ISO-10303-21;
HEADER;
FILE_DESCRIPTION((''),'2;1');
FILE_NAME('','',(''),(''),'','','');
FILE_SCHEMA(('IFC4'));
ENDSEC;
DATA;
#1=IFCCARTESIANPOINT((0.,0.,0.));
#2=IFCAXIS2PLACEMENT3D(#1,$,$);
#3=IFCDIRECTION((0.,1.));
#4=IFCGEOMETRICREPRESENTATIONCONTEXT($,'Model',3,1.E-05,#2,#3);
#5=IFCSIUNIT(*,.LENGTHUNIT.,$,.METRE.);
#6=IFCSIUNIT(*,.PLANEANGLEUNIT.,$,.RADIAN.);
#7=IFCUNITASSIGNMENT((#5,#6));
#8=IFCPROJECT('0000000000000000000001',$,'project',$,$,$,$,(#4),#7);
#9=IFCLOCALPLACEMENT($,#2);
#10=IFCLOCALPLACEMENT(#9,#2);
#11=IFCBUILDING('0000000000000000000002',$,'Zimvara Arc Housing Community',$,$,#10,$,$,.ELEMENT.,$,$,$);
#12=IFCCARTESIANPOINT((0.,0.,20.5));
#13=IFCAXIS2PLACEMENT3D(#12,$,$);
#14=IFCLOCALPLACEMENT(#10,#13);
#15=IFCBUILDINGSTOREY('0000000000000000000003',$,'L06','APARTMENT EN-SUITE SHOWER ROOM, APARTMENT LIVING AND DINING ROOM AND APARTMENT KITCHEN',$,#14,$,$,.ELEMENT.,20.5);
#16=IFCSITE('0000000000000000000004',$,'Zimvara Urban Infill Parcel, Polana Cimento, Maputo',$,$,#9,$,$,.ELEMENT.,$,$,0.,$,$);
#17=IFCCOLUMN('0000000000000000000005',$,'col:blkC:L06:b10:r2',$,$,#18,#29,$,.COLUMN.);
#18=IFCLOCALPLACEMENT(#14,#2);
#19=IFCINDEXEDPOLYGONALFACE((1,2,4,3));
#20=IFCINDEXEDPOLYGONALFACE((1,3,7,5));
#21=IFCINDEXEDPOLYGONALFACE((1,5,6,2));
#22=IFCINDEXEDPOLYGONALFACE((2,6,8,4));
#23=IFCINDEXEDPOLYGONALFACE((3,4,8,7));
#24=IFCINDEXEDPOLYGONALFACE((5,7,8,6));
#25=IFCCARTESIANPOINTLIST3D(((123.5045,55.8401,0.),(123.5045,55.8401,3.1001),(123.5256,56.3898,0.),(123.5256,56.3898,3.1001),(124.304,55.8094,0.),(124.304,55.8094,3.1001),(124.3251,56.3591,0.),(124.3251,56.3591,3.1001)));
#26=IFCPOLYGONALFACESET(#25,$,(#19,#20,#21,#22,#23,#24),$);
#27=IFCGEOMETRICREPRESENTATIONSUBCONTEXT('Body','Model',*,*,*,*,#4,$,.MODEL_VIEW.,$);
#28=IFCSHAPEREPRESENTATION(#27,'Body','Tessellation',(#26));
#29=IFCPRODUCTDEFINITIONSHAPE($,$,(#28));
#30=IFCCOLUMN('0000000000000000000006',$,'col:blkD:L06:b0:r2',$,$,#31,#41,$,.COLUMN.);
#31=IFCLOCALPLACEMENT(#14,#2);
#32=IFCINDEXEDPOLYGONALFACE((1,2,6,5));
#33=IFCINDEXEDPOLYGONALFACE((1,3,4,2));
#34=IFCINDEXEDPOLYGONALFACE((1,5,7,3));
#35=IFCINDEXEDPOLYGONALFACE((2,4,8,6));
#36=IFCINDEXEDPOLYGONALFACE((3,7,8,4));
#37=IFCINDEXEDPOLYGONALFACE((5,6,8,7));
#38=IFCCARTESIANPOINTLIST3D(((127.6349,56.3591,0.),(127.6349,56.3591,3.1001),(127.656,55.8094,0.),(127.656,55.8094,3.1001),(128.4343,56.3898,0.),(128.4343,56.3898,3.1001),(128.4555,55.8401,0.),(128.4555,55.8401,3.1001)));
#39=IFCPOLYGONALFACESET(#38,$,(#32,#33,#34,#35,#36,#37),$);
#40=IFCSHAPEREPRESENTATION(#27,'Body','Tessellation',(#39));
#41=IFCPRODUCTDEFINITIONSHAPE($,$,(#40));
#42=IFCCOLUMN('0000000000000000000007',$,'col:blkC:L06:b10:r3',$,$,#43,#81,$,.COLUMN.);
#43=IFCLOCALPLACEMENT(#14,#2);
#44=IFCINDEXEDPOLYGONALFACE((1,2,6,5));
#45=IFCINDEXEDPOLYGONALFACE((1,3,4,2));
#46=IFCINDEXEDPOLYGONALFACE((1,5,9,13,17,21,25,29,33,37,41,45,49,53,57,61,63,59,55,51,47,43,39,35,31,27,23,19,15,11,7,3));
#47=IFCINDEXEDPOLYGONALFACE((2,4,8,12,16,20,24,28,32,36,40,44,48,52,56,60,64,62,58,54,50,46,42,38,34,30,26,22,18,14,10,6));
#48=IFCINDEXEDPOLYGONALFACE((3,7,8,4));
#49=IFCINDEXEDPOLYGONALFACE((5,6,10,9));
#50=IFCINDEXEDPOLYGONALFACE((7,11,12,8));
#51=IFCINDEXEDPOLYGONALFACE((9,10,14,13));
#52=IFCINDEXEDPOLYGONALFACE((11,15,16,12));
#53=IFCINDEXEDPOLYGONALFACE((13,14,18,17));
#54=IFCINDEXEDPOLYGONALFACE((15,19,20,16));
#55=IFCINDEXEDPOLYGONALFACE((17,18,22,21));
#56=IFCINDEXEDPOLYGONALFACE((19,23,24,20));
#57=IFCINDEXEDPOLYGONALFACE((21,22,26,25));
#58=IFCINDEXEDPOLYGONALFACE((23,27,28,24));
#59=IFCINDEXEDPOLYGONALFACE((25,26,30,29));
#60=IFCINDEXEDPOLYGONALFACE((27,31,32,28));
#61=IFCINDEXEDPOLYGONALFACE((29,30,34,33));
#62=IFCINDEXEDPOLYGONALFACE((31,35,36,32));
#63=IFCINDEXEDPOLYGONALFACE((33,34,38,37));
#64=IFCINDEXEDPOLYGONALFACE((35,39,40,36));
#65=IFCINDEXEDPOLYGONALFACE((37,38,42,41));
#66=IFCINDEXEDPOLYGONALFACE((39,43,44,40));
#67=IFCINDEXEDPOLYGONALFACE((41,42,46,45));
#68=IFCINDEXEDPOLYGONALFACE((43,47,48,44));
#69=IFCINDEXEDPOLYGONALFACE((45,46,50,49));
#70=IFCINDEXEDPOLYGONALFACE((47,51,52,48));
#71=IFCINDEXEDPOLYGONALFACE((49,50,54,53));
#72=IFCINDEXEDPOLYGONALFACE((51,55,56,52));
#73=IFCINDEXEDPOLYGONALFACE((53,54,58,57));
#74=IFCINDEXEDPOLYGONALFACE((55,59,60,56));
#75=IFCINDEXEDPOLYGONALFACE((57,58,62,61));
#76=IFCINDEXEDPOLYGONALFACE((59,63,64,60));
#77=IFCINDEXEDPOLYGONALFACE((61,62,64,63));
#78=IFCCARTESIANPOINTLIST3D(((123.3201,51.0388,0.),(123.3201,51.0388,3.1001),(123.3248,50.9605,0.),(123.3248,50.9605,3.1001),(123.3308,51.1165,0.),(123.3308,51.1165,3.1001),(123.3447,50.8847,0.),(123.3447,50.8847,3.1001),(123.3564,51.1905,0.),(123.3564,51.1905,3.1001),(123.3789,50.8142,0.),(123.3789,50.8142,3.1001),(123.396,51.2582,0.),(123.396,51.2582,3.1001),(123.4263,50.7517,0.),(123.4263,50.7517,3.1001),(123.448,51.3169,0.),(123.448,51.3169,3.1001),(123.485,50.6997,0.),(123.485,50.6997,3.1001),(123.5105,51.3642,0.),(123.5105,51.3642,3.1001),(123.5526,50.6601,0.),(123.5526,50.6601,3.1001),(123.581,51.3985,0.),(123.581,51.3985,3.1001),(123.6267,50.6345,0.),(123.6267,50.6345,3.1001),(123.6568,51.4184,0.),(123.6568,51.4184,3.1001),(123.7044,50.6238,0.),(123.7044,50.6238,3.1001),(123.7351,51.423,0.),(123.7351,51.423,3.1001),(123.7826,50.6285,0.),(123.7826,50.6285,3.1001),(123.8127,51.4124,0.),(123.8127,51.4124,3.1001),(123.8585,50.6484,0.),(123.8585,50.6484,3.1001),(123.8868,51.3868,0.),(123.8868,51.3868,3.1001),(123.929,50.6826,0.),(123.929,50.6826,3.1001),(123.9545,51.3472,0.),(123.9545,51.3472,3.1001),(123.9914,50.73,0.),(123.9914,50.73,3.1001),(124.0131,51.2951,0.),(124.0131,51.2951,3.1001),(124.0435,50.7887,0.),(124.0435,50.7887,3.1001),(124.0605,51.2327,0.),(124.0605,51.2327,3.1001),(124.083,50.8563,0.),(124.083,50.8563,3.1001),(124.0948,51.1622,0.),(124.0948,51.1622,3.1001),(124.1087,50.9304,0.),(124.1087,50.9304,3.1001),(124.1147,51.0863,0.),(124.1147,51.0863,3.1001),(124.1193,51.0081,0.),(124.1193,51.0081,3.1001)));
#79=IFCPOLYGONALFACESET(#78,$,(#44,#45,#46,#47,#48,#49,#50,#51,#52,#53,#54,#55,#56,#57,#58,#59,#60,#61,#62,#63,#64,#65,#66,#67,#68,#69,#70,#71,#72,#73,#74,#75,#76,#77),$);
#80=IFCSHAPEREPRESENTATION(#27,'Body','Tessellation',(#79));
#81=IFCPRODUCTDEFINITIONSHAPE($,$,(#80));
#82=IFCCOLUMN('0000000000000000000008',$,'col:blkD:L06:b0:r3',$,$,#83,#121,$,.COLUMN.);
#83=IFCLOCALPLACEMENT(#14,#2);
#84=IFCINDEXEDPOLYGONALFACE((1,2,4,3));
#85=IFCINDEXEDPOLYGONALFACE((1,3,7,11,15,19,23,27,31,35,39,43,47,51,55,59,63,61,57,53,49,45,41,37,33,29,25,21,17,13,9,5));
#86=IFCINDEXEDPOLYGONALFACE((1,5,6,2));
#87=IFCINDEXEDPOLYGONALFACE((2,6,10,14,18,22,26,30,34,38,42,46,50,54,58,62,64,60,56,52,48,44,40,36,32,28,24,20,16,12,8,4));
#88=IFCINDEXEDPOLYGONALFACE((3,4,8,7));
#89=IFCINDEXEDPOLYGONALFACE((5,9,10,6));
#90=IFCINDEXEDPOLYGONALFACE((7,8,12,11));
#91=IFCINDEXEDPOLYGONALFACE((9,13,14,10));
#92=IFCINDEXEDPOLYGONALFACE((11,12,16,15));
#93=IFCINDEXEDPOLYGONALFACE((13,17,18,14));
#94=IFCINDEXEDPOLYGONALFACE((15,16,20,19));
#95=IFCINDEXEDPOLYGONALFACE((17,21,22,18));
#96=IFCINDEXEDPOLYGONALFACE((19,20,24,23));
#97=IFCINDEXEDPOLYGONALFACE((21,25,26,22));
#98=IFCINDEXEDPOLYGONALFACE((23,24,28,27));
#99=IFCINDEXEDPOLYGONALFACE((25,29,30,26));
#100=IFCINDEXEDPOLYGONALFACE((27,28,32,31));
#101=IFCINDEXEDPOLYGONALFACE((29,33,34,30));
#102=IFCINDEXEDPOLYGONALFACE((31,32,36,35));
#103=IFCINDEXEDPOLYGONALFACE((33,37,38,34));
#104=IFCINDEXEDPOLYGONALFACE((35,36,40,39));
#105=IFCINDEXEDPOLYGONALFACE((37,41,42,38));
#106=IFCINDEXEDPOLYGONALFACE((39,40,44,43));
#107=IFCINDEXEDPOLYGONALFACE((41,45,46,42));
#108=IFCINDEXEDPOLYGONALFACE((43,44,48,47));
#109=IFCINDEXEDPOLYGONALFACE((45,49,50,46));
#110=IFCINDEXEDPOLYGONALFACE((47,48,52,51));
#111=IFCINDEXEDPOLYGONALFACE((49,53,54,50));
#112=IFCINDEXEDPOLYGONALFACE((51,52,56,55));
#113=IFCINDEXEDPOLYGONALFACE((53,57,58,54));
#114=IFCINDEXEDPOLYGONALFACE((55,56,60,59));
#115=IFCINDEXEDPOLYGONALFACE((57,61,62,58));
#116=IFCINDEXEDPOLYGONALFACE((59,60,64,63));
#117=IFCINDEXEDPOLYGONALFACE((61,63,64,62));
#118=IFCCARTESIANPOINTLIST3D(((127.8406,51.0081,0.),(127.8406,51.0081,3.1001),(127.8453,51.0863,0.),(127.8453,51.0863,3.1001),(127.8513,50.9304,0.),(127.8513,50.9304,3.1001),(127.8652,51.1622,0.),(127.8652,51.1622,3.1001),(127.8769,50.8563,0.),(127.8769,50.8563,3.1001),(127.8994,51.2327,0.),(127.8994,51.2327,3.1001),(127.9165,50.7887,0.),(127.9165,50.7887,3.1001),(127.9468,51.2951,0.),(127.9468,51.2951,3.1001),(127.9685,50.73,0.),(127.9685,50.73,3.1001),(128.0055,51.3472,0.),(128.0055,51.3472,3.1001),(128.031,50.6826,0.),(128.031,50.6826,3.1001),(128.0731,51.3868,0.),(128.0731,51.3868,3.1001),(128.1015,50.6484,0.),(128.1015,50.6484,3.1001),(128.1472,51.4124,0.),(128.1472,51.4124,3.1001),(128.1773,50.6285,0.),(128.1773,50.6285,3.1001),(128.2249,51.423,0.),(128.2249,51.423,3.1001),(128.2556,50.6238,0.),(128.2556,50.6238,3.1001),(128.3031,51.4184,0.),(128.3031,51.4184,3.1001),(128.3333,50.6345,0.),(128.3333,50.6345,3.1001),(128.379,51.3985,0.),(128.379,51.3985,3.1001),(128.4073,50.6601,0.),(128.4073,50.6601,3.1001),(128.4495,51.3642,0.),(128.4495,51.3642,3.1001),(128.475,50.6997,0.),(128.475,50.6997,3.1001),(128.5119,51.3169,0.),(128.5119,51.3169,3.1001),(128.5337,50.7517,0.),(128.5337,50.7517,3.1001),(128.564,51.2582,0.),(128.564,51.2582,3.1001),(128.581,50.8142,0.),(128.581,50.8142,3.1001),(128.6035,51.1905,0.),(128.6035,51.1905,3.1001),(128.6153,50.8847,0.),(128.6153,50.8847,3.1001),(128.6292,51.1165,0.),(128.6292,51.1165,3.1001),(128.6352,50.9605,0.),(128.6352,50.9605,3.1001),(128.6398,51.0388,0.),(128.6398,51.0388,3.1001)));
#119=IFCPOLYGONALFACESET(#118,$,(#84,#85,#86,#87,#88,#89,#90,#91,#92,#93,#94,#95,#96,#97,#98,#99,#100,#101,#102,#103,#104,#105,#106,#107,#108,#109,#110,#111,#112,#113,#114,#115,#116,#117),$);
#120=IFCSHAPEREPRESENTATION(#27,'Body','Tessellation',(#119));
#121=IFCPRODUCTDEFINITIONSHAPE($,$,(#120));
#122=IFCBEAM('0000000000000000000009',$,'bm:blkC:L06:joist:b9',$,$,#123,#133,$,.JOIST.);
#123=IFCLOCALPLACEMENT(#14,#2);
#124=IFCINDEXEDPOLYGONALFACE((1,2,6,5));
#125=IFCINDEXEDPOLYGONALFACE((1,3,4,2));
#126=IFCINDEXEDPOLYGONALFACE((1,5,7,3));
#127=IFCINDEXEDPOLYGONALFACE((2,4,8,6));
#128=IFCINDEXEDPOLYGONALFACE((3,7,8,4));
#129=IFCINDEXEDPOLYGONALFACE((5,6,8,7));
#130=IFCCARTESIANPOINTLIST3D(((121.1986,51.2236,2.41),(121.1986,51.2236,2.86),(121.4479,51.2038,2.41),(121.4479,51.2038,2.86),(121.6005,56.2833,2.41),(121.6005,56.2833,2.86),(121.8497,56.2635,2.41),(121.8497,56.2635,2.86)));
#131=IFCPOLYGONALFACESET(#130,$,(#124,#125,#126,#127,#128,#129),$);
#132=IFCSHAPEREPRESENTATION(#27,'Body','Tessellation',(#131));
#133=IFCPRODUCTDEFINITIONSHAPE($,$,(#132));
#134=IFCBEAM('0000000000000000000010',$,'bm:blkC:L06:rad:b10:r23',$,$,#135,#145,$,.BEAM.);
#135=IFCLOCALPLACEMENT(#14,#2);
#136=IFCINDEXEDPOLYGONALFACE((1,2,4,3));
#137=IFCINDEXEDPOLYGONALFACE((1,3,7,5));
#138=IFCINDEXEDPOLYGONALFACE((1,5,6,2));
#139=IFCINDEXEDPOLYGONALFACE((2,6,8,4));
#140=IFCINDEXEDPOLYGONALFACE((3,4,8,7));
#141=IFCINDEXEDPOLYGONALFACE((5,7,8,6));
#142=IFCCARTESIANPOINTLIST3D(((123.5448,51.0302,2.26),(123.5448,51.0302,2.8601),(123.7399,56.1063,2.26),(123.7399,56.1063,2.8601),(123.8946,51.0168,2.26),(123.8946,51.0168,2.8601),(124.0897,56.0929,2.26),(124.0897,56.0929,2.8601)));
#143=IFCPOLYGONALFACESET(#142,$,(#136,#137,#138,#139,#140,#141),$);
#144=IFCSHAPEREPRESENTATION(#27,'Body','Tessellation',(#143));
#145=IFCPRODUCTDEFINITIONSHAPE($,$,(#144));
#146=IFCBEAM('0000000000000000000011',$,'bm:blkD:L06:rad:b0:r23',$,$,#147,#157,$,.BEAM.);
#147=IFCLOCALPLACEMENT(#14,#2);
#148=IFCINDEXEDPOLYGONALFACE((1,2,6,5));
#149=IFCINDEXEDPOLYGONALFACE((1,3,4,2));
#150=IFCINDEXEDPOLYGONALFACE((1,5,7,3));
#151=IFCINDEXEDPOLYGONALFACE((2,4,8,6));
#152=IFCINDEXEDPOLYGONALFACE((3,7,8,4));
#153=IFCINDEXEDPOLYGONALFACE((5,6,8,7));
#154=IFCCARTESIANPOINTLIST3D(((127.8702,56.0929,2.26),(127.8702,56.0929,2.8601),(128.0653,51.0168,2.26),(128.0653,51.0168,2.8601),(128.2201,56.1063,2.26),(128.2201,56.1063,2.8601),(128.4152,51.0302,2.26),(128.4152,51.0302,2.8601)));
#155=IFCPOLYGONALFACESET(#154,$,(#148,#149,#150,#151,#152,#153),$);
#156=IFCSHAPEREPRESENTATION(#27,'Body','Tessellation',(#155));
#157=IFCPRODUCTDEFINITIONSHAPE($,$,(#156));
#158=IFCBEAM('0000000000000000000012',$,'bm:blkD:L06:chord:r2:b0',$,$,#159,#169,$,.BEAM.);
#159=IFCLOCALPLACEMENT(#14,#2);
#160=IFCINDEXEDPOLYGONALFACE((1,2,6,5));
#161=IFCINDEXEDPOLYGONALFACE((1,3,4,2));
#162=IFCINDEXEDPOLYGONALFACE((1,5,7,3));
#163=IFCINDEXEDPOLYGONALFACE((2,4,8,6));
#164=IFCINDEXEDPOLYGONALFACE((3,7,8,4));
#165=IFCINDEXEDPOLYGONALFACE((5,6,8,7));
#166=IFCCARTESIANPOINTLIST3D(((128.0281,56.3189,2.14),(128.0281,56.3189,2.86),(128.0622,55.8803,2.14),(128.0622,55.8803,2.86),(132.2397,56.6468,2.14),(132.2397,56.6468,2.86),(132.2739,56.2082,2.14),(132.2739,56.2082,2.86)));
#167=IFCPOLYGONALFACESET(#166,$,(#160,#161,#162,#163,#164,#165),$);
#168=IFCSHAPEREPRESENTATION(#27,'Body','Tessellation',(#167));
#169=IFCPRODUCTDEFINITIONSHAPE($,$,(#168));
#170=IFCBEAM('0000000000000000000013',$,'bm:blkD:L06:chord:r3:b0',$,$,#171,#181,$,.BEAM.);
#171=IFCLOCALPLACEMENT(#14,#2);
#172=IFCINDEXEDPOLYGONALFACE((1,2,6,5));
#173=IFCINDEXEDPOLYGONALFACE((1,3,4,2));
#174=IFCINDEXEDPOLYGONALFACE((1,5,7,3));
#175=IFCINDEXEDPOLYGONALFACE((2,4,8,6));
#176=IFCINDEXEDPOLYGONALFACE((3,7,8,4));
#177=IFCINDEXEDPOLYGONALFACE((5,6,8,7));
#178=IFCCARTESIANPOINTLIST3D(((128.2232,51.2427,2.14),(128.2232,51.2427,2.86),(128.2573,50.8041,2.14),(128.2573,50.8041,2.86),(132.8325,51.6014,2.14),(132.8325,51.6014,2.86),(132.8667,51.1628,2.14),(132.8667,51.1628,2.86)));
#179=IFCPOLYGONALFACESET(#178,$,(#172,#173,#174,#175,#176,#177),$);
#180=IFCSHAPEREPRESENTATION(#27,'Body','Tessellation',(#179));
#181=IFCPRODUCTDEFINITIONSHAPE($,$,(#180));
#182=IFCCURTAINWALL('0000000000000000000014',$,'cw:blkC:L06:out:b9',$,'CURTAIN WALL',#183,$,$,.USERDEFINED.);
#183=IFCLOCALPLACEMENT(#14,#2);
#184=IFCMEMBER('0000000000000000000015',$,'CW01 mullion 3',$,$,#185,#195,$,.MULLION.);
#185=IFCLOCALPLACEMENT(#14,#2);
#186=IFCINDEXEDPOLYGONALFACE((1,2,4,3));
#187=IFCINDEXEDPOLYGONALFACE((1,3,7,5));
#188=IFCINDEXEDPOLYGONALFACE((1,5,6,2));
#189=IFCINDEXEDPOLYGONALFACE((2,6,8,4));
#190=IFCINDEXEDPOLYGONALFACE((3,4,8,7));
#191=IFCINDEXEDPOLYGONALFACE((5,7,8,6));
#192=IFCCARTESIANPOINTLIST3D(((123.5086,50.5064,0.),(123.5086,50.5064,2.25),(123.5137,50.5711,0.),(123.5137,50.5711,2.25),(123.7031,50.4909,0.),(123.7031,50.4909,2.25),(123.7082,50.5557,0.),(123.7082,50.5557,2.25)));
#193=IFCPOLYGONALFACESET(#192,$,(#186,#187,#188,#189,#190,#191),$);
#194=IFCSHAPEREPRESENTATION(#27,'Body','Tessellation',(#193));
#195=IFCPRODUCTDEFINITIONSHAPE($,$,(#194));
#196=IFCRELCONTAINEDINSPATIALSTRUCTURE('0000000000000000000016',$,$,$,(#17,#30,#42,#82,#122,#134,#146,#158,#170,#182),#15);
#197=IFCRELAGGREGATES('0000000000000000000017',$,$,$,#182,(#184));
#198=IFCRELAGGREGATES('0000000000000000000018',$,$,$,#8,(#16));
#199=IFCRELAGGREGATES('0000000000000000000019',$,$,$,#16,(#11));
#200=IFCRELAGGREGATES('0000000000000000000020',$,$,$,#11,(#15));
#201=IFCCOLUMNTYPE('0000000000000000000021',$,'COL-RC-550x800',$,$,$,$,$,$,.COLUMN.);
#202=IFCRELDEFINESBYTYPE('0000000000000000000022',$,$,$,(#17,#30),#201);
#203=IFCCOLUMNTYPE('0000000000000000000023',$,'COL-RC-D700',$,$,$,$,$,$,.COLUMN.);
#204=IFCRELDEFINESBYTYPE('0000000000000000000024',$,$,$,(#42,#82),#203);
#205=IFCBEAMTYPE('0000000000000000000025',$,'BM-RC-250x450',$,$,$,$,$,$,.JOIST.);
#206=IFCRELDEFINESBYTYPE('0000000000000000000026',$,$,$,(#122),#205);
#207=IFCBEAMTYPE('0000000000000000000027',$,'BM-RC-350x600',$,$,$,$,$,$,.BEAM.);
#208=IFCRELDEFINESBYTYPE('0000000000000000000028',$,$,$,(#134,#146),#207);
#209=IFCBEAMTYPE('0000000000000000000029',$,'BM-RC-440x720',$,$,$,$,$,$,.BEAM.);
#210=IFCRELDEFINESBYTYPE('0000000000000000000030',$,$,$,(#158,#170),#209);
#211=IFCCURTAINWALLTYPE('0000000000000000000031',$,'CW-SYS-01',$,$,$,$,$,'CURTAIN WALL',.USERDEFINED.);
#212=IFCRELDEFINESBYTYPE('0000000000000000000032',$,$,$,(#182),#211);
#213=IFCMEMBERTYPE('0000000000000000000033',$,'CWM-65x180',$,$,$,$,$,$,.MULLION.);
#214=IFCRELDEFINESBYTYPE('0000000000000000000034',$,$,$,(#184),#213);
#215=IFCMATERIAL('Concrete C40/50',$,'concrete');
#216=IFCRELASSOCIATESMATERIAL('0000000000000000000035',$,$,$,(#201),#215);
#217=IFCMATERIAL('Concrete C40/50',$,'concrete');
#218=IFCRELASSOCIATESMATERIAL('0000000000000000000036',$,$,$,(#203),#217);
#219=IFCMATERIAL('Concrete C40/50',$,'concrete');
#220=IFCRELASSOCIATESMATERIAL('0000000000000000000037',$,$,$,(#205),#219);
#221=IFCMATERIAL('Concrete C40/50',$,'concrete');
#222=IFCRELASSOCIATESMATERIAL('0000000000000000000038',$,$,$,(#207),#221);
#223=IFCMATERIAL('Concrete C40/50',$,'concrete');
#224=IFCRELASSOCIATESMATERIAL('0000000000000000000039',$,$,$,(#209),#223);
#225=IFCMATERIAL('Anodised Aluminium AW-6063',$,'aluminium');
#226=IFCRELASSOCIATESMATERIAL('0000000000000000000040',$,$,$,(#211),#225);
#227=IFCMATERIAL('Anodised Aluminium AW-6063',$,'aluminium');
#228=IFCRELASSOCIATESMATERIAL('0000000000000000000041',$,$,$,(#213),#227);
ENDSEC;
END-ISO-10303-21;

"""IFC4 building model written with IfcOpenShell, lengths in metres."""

from ifc_helpers import new_model, si_unit, direction, frame, origin, origin_2d, place, context, subcontext, project, spatial, rectangle, circle, extrude, material, material_profile, profile_set, type_object, element, aggregate, save


model = new_model("IFC4")

# Units and contexts
model_context = context("Model", 3, precision=1e-05, world=origin(), true_north=direction((0.0, 1.0)))
body_context = subcontext(model_context, "Body", "Model", "MODEL_VIEW")
ifc_project = project(units=[si_unit("LENGTHUNIT", "METRE"), si_unit("PLANEANGLEUNIT", "RADIAN")], contexts=[model_context])

# Site, building, storey
site_placement = place(None, origin())
site = spatial("IfcSite", under=ifc_project, at=site_placement, Name="Zimvara Urban Infill Parcel, Polana Cimento, Maputo", CompositionType="ELEMENT", RefElevation=0.0)
building_placement = place(site_placement, origin())
building = spatial("IfcBuilding", under=site, at=building_placement, Name="Zimvara Arc Housing Community", CompositionType="ELEMENT")
storey_placement = place(building_placement, frame((0.0, 0.0, 20.5)))
storey = spatial("IfcBuildingStorey", under=building, at=storey_placement, Name="L06", Description="APARTMENT EN-SUITE SHOWER ROOM, APARTMENT LIVING AND DINING ROOM AND APARTMENT KITCHEN", CompositionType="ELEMENT", Elevation=20.5)

# Columns
ifc_material_1 = material(Name="Concrete C40/50", Category="concrete")
ifc_material_profile_1 = material_profile(ifc_material_1, rectangle(XDim=0.55, YDim=0.8, at=origin_2d()), Name="RC 550x800")
ifc_profile_set_1 = profile_set([ifc_material_profile_1], Name="Concrete C40/50")
column_type_1 = type_object("IfcColumnType", Name="COL-RC-550x800", PredefinedType="COLUMN", material=ifc_profile_set_1)
for number, where, z_axis, x_axis, name in (
    (1, (123.9148, 56.0996, 0.0), (0.0, 0.0, 1.0), (-0.038388, -0.999263, 0.0), "col:blkC:L06:b10:r2"),
    (2, (128.0452, 56.0996, 0.0), (0.0, 0.0, 1.0), (0.038388, -0.999263, 0.0), "col:blkD:L06:b0:r2"),
):
    element("IfcColumn", number, at=place(storey_placement, frame(where, z_axis=z_axis, x_axis=x_axis)), inside=storey, type_object=column_type_1, Name=name, PredefinedType="COLUMN", context=body_context, shape_type="SweptSolid", body=[
        extrude(rectangle(XDim=0.55, YDim=0.8, at=origin_2d()), origin(), (0.0, 0.0, 1.0), 3.1001),
    ])
ifc_material_2 = material(Name="Concrete C40/50", Category="concrete")
ifc_material_profile_2 = material_profile(ifc_material_2, circle(Radius=0.3999, at=origin_2d()), Name="RC D800")
ifc_profile_set_2 = profile_set([ifc_material_profile_2], Name="Concrete C40/50")
column_type_2 = type_object("IfcColumnType", Name="COL-RC-D700", PredefinedType="COLUMN", material=ifc_profile_set_2)
for number, where, z_axis, x_axis, name in (
    (3, (123.7197, 51.0234, 0.0), (0.0, 0.0, 1.0), (-0.038388, -0.999263, 0.0), "col:blkC:L06:b10:r3"),
    (4, (128.2402, 51.0234, 0.0), (0.0, 0.0, 1.0), (0.038388, -0.999263, 0.0), "col:blkD:L06:b0:r3"),
):
    element("IfcColumn", number, at=place(storey_placement, frame(where, z_axis=z_axis, x_axis=x_axis)), inside=storey, type_object=column_type_2, Name=name, PredefinedType="COLUMN", context=body_context, shape_type="SweptSolid", body=[
        extrude(circle(Radius=0.3999, at=origin_2d()), origin(), (0.0, 0.0, 1.0), 3.1001),
    ])

# Beams
ifc_material_3 = material(Name="Concrete C40/50", Category="concrete")
ifc_material_profile_3 = material_profile(ifc_material_3, rectangle(XDim=0.25, YDim=0.45, at=origin_2d()), Name="RC 250x450")
ifc_profile_set_3 = profile_set([ifc_material_profile_3], Name="Concrete C40/50")
beam_type_1 = type_object("IfcBeamType", Name="BM-RC-250x450", PredefinedType="JOIST", material=ifc_profile_set_3)
beam_1_placement = place(storey_placement, frame((121.7251, 56.2734, 2.635), z_axis=(-0.079172, -0.996861, 0.0), x_axis=(0.996861, -0.079172, 0.0)))
element("IfcBeam", 5, at=beam_1_placement, inside=storey, type_object=beam_type_1, Name="bm:blkC:L06:joist:b9", PredefinedType="JOIST", context=body_context, shape_type="SweptSolid", body=[
    extrude(rectangle(XDim=0.25, YDim=0.45, at=origin_2d()), origin(), (0.0, 0.0, 1.0), 5.0757),
])
ifc_material_4 = material(Name="Concrete C40/50", Category="concrete")
ifc_material_profile_4 = material_profile(ifc_material_4, rectangle(XDim=0.3501, YDim=0.6001, at=origin_2d()), Name="RC 350x600")
ifc_profile_set_4 = profile_set([ifc_material_profile_4], Name="Concrete C40/50")
beam_type_2 = type_object("IfcBeamType", Name="BM-RC-350x600", PredefinedType="BEAM", material=ifc_profile_set_4)
for number, where, z_axis, x_axis, name in (
    (6, (123.9148, 56.0996, 2.5601), (-0.0384, -0.999262, 0.0), (0.999262, -0.0384, 0.0), "bm:blkC:L06:rad:b10:r23"),
    (7, (128.0452, 56.0996, 2.5601), (0.0384, -0.999262, 0.0), (0.999262, 0.0384, 0.0), "bm:blkD:L06:rad:b0:r23"),
):
    element("IfcBeam", number, at=place(storey_placement, frame(where, z_axis=z_axis, x_axis=x_axis)), inside=storey, type_object=beam_type_2, Name=name, PredefinedType="BEAM", context=body_context, shape_type="SweptSolid", body=[
        extrude(rectangle(XDim=0.3501, YDim=0.6001, at=origin_2d()), origin(), (0.0, 0.0, 1.0), 5.0798),
    ])
ifc_material_5 = material(Name="Concrete C40/50", Category="concrete")
ifc_material_profile_5 = material_profile(ifc_material_5, rectangle(XDim=0.4399, YDim=0.72, at=origin_2d()), Name="RC 440x720")
ifc_profile_set_5 = profile_set([ifc_material_profile_5], Name="Concrete C40/50")
beam_type_3 = type_object("IfcBeamType", Name="BM-RC-440x720", PredefinedType="BEAM", material=ifc_profile_set_5)
beam_2_placement = place(storey_placement, frame((128.0452, 56.0996, 2.5), z_axis=(0.996983, 0.077616, 0.0), x_axis=(-0.077616, 0.996983, 0.0)))
element("IfcBeam", 8, at=beam_2_placement, inside=storey, type_object=beam_type_3, Name="bm:blkD:L06:chord:r2:b0", PredefinedType="BEAM", context=body_context, shape_type="SweptSolid", body=[
    extrude(rectangle(XDim=0.4399, YDim=0.72, at=origin_2d()), origin(), (0.0, 0.0, 1.0), 4.2244),
])
beam_3_placement = place(storey_placement, frame((128.2402, 51.0234, 2.5), z_axis=(0.996987, 0.077573, 0.0), x_axis=(-0.077573, 0.996987, 0.0)))
element("IfcBeam", 9, at=beam_3_placement, inside=storey, type_object=beam_type_3, Name="bm:blkD:L06:chord:r3:b0", PredefinedType="BEAM", context=body_context, shape_type="SweptSolid", body=[
    extrude(rectangle(XDim=0.4399, YDim=0.72, at=origin_2d()), origin(), (0.0, 0.0, 1.0), 4.6233),
])

# Curtain wall, member
ifc_material_6 = material(Name="Anodised Aluminium AW-6063", Category="aluminium")
curtain_wall_type_1 = type_object("IfcCurtainWallType", Name="CW-SYS-01", ElementType="CURTAIN WALL", PredefinedType="USERDEFINED", material=ifc_material_6)
curtain_wall_1_placement = place(storey_placement, origin())
curtain_wall_1 = element("IfcCurtainWall", 10, at=curtain_wall_1_placement, inside=storey, type_object=curtain_wall_type_1, Name="cw:blkC:L06:out:b9", ObjectType="CURTAIN WALL", PredefinedType="USERDEFINED")
ifc_material_7 = material(Name="Anodised Aluminium AW-6063", Category="aluminium")
ifc_material_profile_6 = material_profile(ifc_material_7, rectangle(XDim=0.0649, YDim=0.1951, at=origin_2d()), Name="ALU 65x195")
ifc_profile_set_6 = profile_set([ifc_material_profile_6], Name="Anodised Aluminium AW-6063")
member_type_1 = type_object("IfcMemberType", Name="CWM-65x180", PredefinedType="MULLION", material=ifc_profile_set_6)
member_1_placement = place(storey_placement, frame((123.6084, 50.531, 0.0), z_axis=(0.0, 0.0, 1.0), x_axis=(0.079154, 0.996862, 0.0)))
member_1 = element("IfcMember", 11, at=member_1_placement, type_object=member_type_1, Name="CW01 mullion 3", PredefinedType="MULLION", context=body_context, shape_type="SweptSolid", body=[
    extrude(rectangle(XDim=0.0649, YDim=0.1951, at=origin_2d()), origin(), (0.0, 0.0, 1.0), 2.25),
])

aggregate(curtain_wall_1, [member_1])

save(model, "model.ifc")
